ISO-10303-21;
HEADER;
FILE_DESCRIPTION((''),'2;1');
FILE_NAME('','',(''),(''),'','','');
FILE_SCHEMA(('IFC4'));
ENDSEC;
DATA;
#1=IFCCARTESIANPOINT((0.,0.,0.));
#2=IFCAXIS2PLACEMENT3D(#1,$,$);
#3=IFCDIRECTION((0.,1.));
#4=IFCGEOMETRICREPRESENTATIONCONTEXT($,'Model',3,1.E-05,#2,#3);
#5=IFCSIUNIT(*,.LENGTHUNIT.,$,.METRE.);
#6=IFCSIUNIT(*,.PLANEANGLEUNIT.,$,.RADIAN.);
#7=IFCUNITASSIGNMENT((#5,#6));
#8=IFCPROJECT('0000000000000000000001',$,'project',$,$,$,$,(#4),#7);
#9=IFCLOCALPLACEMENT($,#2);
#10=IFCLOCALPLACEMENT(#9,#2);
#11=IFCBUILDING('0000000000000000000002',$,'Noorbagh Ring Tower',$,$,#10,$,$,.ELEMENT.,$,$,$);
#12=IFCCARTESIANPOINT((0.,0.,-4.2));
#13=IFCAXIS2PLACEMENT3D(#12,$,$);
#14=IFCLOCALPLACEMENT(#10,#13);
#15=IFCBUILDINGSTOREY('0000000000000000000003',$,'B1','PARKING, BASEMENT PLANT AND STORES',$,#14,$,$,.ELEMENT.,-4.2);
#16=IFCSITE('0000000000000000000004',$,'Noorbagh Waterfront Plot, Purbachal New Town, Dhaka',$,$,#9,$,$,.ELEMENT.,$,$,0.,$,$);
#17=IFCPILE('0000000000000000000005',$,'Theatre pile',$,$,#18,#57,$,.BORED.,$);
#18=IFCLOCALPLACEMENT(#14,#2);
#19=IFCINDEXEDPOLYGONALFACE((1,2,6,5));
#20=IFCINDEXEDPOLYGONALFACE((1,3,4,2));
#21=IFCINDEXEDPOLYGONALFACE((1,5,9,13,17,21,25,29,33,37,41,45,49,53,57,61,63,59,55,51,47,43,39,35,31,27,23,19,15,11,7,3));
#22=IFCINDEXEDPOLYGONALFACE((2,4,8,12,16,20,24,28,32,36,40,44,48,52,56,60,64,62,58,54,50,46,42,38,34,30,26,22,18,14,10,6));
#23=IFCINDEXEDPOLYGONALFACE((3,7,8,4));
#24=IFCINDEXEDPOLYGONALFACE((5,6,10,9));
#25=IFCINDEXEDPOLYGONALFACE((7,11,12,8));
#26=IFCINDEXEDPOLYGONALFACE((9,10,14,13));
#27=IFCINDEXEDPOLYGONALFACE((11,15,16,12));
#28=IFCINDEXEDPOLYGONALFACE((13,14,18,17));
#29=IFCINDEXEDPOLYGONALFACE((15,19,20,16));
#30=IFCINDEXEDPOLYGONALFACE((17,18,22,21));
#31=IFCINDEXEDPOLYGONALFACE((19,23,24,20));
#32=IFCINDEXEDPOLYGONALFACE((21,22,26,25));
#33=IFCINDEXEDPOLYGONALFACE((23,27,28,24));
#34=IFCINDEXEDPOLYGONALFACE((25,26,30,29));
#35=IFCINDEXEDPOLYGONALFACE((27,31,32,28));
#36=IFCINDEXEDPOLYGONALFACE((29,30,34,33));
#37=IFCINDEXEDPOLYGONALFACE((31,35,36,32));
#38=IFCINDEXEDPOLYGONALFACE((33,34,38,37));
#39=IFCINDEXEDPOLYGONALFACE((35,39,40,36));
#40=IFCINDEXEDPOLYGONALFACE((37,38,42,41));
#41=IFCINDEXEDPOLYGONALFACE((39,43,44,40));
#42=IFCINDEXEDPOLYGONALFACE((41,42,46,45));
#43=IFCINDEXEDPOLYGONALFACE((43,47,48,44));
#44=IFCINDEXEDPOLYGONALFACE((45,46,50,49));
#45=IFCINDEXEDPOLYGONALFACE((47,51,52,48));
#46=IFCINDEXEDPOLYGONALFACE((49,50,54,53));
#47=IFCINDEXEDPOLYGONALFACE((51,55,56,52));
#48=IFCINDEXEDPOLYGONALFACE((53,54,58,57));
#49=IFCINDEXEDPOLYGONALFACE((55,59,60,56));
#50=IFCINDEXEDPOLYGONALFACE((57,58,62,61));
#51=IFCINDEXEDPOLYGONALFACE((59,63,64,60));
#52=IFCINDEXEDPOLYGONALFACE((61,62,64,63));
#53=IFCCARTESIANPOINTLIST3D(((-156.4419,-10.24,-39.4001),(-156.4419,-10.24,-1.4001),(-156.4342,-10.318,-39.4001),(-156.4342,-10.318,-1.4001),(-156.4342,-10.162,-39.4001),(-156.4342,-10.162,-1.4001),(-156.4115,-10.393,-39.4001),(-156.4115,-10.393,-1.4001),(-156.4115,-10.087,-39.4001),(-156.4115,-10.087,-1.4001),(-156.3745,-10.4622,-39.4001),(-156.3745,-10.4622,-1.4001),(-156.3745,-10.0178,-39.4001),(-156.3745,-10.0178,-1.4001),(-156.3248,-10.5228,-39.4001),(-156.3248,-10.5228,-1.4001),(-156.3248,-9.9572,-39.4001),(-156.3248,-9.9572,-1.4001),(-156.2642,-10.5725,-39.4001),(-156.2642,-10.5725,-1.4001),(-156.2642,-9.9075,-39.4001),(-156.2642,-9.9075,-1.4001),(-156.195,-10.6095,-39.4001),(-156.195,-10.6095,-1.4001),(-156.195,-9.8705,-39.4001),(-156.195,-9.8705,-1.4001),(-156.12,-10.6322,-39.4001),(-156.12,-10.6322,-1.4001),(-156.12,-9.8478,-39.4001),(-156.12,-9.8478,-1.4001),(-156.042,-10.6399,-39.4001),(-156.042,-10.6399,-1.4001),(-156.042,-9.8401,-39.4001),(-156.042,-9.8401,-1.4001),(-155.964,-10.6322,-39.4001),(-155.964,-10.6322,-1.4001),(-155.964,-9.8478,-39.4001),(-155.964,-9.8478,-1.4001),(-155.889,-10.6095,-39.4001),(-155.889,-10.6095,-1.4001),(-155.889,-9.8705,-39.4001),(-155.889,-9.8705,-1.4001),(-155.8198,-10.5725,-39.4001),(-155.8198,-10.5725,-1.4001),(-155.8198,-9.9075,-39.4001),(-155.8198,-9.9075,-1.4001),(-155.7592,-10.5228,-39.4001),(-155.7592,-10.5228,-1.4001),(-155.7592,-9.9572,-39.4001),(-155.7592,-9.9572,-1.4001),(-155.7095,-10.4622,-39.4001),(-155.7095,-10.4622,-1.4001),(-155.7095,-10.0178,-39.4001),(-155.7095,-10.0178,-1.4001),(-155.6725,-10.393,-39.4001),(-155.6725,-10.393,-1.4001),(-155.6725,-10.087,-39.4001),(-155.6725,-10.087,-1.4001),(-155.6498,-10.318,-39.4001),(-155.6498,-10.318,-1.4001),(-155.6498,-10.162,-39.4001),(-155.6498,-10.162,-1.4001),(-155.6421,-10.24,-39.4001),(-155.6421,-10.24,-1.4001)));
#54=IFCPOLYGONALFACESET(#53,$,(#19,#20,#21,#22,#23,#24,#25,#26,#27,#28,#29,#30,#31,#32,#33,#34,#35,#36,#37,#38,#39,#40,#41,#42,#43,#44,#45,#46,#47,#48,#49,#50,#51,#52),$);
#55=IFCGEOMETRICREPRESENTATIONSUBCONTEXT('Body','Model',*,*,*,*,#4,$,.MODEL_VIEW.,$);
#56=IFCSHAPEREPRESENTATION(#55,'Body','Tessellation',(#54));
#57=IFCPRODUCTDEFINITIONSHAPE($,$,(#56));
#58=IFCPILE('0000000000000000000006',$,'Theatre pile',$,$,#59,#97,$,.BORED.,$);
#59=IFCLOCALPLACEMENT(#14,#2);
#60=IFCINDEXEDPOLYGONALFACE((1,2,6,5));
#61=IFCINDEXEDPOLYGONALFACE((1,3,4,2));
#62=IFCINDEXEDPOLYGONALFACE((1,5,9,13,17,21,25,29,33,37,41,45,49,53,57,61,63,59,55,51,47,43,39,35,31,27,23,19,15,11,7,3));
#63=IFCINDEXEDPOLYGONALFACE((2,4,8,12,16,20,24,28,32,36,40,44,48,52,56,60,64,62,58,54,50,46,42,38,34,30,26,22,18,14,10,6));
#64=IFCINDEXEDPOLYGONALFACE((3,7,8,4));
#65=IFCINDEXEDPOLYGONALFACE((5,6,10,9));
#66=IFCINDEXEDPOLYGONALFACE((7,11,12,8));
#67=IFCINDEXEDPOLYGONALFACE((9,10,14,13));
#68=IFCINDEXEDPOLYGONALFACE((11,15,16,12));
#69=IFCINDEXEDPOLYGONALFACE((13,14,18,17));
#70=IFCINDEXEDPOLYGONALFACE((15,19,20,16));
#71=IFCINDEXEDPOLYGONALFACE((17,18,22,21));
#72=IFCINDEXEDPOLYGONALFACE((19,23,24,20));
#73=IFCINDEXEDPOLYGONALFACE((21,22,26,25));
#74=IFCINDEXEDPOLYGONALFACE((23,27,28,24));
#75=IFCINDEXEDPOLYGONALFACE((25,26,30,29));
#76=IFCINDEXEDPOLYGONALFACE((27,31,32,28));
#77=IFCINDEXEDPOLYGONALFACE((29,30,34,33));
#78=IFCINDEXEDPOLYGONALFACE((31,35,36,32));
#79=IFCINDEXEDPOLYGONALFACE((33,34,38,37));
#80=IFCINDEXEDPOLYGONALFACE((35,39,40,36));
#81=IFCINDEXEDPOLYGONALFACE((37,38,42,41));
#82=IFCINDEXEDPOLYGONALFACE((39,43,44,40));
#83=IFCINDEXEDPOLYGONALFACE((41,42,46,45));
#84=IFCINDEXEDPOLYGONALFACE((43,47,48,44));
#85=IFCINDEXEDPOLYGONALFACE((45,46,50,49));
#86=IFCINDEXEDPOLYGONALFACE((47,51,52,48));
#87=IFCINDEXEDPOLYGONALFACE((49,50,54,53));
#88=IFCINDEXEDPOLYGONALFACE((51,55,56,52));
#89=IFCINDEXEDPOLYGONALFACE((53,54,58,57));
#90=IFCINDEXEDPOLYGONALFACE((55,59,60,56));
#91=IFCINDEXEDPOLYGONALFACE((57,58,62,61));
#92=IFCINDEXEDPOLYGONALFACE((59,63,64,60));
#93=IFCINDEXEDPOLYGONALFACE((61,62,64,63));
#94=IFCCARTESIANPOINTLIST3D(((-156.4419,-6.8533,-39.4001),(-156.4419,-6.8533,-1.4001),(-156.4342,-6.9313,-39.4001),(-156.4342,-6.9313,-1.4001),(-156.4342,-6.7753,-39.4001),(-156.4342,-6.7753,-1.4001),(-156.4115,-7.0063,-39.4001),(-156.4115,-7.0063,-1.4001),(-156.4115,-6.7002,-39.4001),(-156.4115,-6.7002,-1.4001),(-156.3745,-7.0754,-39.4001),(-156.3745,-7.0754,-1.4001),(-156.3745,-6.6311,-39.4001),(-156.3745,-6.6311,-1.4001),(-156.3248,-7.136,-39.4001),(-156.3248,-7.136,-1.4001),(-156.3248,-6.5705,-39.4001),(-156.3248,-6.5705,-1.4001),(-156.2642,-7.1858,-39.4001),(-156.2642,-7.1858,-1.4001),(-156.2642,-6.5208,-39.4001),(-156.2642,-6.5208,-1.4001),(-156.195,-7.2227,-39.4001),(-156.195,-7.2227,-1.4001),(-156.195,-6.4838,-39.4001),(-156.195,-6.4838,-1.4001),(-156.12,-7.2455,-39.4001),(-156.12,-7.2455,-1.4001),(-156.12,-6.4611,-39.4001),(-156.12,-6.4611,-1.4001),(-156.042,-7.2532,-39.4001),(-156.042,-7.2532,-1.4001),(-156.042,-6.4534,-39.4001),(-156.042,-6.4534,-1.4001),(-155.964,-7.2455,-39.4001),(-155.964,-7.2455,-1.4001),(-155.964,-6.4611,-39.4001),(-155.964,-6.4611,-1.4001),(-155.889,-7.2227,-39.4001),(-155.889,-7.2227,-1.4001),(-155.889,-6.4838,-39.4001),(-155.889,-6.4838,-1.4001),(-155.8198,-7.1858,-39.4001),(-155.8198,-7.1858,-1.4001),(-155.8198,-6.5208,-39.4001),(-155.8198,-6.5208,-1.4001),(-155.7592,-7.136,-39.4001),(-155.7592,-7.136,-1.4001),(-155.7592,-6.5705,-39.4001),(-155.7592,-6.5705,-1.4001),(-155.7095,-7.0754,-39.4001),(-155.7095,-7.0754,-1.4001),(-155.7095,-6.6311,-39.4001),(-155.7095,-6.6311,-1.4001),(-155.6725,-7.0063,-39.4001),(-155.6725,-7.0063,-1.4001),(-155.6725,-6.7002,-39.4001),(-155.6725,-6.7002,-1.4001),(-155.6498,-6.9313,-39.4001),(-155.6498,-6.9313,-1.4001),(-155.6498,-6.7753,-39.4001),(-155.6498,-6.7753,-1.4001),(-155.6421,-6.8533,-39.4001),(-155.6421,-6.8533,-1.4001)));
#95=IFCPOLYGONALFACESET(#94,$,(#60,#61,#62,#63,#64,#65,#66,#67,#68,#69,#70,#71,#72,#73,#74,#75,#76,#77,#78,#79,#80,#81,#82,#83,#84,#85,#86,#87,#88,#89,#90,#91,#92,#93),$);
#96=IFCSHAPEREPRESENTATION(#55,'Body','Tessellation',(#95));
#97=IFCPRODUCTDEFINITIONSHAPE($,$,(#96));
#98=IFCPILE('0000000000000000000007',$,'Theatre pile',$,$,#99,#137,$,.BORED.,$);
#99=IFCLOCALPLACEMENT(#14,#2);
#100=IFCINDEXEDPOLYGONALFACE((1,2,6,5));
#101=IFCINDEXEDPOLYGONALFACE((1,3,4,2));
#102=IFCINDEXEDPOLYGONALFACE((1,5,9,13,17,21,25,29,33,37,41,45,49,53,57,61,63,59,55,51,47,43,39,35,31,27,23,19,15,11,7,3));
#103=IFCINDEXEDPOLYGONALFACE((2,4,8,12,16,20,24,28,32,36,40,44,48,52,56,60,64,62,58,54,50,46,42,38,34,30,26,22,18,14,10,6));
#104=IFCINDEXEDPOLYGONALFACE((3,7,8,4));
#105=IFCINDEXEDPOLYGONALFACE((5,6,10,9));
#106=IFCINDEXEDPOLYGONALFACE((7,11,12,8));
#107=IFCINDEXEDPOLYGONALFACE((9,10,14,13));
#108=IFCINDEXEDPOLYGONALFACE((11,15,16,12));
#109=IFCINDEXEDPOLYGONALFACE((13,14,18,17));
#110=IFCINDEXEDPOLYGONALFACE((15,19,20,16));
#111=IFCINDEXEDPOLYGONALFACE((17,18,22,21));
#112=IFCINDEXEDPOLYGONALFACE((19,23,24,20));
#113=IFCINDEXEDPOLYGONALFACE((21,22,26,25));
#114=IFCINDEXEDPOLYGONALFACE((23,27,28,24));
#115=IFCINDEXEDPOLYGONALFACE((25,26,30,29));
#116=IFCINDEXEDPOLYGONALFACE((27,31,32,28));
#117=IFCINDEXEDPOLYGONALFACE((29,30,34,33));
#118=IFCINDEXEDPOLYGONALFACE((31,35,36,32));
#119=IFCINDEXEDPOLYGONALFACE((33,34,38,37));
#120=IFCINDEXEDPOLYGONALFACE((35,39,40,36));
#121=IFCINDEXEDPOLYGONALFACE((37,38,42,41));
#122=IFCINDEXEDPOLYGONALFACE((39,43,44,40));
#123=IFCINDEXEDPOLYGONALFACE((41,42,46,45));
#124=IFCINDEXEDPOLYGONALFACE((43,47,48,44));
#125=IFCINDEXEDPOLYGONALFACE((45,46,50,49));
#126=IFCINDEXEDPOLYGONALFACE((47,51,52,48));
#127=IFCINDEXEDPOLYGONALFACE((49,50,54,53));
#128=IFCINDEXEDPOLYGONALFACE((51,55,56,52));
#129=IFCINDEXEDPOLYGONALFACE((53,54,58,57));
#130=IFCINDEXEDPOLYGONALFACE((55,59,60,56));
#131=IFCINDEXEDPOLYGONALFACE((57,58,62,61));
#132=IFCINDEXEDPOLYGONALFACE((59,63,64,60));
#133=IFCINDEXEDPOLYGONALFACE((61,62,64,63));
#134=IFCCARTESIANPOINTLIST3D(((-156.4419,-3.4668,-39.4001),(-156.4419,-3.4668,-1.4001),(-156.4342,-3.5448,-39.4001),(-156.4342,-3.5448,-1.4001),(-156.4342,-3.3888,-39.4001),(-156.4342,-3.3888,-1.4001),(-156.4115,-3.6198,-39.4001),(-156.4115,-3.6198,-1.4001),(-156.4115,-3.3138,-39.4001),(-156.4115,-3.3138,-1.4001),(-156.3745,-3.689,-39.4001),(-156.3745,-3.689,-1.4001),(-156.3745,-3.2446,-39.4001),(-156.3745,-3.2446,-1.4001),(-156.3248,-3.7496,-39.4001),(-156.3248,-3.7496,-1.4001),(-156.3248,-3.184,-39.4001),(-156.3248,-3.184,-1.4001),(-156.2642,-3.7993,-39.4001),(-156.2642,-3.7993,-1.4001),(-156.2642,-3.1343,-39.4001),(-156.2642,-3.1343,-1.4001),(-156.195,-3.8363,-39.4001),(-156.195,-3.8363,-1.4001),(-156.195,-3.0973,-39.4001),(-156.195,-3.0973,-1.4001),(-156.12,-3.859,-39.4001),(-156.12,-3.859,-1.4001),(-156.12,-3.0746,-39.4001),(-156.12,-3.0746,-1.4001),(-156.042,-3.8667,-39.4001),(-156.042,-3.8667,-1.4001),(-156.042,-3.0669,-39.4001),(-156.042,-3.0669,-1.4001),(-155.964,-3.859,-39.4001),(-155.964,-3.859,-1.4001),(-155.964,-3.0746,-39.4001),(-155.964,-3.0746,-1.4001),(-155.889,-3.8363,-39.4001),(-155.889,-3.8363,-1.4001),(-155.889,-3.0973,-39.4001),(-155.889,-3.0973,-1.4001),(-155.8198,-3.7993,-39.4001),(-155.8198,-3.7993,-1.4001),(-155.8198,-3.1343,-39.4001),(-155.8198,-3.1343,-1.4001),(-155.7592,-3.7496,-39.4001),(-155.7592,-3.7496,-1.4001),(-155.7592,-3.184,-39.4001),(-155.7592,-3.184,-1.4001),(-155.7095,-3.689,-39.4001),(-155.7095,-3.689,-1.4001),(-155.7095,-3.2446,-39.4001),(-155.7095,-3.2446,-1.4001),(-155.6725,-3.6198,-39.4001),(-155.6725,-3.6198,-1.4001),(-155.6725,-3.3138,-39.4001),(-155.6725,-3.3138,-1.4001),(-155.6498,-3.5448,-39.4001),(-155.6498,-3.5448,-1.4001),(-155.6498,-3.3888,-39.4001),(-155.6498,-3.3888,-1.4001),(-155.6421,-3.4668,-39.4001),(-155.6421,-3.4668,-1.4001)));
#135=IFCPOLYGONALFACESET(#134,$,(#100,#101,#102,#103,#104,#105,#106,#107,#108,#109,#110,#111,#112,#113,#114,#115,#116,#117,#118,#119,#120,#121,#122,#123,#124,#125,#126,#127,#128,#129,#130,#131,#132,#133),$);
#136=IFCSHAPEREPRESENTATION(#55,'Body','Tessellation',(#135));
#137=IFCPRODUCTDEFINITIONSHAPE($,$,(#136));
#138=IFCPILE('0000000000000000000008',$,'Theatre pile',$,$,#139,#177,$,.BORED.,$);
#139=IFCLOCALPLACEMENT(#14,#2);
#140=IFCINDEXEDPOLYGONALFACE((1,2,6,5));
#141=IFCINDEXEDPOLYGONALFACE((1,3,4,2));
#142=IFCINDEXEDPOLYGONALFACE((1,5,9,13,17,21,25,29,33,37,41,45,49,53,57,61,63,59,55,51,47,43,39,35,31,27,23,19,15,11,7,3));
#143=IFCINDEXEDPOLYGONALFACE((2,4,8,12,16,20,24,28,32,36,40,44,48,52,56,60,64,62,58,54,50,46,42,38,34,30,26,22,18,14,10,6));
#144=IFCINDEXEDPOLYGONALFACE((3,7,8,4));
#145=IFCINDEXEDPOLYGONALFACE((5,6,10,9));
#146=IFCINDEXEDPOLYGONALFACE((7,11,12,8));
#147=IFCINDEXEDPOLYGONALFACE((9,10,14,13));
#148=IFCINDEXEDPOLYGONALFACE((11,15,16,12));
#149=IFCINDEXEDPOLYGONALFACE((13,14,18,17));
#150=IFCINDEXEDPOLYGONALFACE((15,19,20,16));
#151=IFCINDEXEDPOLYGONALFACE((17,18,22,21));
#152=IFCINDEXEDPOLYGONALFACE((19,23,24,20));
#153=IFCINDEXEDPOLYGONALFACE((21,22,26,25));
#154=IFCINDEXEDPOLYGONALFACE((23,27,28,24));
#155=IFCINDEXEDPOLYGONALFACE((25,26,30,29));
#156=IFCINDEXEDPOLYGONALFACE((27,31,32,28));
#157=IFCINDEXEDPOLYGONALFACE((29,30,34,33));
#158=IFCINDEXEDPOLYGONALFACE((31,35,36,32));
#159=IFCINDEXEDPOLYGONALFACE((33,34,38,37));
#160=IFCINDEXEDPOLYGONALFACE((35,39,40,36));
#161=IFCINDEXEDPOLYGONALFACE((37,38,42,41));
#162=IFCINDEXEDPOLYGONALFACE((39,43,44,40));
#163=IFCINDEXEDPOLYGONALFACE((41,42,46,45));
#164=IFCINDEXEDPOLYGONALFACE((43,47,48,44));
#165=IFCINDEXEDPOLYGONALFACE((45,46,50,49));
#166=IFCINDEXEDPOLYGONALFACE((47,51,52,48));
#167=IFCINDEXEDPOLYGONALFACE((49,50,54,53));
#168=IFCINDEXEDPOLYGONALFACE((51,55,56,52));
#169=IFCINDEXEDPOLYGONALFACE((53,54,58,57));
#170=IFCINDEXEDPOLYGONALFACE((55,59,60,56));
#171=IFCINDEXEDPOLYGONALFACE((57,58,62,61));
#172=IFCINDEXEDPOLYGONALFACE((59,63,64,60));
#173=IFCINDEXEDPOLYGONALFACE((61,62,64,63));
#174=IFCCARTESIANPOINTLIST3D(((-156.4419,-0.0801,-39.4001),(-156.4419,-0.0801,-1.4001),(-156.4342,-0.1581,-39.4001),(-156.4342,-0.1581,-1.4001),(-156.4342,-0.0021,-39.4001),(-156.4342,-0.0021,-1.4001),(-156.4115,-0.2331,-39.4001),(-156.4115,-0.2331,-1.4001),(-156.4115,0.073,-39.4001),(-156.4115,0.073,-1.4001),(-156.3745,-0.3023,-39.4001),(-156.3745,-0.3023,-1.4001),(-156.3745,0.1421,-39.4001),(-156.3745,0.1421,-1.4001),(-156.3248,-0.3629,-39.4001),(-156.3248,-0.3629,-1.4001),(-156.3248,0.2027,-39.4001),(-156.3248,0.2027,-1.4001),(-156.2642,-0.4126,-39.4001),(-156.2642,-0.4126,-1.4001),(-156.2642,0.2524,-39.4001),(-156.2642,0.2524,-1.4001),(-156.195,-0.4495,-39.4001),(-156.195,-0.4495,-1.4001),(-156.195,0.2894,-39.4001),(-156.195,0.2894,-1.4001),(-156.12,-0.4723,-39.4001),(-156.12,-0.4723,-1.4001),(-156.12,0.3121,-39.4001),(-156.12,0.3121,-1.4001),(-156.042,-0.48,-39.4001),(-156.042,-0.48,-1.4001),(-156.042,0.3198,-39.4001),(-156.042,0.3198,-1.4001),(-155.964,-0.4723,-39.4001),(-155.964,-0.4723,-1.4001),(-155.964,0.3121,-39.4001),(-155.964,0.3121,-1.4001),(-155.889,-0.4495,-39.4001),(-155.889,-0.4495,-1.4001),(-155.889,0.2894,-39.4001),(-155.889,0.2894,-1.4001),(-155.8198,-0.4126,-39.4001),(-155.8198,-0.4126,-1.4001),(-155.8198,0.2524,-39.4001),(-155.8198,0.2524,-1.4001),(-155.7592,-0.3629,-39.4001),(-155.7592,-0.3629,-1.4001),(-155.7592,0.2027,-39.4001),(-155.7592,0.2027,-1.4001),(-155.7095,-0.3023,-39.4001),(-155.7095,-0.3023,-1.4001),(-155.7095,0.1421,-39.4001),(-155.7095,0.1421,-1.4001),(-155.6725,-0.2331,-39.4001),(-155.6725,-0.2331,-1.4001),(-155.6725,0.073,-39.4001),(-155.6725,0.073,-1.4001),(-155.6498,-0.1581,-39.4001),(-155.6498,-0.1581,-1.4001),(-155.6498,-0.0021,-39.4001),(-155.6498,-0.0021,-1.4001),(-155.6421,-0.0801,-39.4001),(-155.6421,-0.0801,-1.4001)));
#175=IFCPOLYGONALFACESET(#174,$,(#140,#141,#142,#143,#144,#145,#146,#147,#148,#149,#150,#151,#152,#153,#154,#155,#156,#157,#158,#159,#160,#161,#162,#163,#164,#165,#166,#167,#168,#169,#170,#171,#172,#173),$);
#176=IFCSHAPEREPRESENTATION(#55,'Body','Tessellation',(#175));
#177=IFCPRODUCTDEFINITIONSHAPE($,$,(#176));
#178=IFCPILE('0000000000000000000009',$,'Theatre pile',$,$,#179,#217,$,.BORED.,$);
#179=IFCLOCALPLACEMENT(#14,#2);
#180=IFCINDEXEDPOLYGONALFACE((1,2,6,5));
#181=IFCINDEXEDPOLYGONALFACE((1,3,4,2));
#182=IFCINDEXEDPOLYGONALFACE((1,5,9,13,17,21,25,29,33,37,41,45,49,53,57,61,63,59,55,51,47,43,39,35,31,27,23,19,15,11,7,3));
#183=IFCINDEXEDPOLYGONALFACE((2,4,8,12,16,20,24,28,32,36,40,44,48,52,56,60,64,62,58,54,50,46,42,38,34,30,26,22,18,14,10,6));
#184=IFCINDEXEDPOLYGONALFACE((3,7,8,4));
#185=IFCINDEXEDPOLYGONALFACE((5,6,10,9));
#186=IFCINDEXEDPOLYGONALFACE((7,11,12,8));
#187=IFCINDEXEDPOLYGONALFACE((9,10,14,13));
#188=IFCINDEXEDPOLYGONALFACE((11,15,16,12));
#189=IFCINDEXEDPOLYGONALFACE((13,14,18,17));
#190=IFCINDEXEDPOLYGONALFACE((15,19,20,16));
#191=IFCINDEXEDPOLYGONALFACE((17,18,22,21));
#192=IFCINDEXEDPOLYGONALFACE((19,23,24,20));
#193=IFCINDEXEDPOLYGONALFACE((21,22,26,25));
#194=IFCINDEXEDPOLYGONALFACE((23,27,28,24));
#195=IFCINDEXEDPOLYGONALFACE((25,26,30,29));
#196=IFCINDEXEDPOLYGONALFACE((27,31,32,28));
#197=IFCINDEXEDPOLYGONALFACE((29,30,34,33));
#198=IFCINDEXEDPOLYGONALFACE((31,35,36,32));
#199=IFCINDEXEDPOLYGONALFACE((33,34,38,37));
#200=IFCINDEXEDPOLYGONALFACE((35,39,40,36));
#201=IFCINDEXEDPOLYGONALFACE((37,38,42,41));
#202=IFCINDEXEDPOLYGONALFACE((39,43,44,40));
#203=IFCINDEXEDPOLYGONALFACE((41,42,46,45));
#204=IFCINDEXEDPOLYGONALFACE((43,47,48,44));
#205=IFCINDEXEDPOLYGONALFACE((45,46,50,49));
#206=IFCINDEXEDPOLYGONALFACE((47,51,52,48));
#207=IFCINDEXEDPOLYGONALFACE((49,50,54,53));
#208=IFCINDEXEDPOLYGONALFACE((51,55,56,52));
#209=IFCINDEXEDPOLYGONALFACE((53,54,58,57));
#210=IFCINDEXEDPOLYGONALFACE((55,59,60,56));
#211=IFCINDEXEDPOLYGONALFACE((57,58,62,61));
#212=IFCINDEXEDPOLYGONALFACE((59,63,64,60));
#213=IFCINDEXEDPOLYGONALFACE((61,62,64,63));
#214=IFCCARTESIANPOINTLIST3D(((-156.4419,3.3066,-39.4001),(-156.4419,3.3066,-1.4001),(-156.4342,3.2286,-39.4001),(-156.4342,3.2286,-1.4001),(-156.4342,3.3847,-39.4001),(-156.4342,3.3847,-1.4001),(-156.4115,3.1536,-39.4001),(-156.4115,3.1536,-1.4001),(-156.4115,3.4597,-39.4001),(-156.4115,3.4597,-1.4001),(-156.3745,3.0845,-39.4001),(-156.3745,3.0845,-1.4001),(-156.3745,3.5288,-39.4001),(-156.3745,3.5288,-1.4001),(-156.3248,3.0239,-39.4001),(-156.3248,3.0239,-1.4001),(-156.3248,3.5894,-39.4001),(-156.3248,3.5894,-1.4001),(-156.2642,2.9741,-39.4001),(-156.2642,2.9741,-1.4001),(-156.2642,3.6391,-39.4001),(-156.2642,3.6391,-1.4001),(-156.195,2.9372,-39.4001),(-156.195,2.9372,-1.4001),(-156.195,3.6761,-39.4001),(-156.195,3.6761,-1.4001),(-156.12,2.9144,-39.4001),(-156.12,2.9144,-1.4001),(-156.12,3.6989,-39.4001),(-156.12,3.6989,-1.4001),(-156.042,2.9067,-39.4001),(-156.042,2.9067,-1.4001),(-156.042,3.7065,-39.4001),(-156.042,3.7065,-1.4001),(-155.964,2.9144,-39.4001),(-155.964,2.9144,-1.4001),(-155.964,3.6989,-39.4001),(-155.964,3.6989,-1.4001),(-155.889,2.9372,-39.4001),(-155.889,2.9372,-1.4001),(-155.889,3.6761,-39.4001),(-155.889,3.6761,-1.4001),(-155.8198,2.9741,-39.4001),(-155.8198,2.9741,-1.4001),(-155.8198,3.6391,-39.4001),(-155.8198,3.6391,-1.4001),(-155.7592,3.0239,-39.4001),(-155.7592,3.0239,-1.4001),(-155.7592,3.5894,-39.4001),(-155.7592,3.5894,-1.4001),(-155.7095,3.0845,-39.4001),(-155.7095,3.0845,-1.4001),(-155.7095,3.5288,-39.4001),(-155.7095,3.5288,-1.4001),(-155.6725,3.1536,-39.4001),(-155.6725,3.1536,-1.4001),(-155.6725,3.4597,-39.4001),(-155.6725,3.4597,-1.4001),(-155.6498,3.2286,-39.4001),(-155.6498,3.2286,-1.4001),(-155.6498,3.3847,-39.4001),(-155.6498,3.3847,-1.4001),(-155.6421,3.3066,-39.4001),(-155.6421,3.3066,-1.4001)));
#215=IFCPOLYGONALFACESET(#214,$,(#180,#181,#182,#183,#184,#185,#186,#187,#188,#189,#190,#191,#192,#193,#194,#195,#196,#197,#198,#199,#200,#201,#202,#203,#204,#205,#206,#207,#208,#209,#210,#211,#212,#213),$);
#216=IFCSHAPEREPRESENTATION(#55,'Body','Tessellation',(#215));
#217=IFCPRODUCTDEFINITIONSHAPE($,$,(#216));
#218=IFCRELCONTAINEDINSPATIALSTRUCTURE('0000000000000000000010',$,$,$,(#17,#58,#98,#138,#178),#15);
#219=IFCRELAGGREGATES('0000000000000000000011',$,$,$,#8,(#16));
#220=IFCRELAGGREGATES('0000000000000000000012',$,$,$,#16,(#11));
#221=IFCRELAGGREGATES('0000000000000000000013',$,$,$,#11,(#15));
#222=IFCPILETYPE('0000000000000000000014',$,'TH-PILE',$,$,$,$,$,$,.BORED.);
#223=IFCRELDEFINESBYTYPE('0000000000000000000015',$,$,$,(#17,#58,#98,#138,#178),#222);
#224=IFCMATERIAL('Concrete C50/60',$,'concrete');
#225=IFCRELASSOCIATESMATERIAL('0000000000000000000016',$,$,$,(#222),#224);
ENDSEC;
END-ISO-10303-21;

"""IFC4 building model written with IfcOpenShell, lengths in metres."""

from ifc_helpers import new_model, si_unit, direction, frame, origin, origin_2d, place, context, subcontext, project, spatial, circle, extrude, material, material_profile, profile_set, type_object, element, save


model = new_model("IFC4")

# Units and contexts
model_context = context("Model", 3, precision=1e-05, world=origin(), true_north=direction((0.0, 1.0)))
body_context = subcontext(model_context, "Body", "Model", "MODEL_VIEW")
ifc_project = project(units=[si_unit("LENGTHUNIT", "METRE"), si_unit("PLANEANGLEUNIT", "RADIAN")], contexts=[model_context])

# Site, building, storey
site_placement = place(None, origin())
site = spatial("IfcSite", under=ifc_project, at=site_placement, Name="Noorbagh Waterfront Plot, Purbachal New Town, Dhaka", CompositionType="ELEMENT", RefElevation=0.0)
building_placement = place(site_placement, origin())
building = spatial("IfcBuilding", under=site, at=building_placement, Name="Noorbagh Ring Tower", CompositionType="ELEMENT")
storey_placement = place(building_placement, frame((0.0, 0.0, -4.2)))
storey = spatial("IfcBuildingStorey", under=building, at=storey_placement, Name="B1", Description="PARKING, BASEMENT PLANT AND STORES", CompositionType="ELEMENT", Elevation=-4.2)

# Piles
ifc_material_1 = material(Name="Concrete C50/60", Category="concrete")
ifc_material_profile_1 = material_profile(ifc_material_1, circle(Radius=0.3999, at=origin_2d()), Name="PILE800")
ifc_profile_set_1 = profile_set([ifc_material_profile_1], Name="Concrete C50/60")
pile_type = type_object("IfcPileType", Name="TH-PILE", PredefinedType="BORED", material=ifc_profile_set_1)
for number, where, z_axis, x_axis, name in (
    (1, (-156.042, -10.24, -1.4001), (0.0, 0.0, -1.0), (1.0, 0.0, 0.0), "Theatre pile"),
    (2, (-156.042, -6.8533, -1.4001), (0.0, 0.0, -1.0), (1.0, 0.0, 0.0), "Theatre pile"),
    (3, (-156.042, -3.4668, -1.4001), (0.0, 0.0, -1.0), (1.0, 0.0, 0.0), "Theatre pile"),
    (4, (-156.042, -0.0801, -1.4001), (0.0, 0.0, -1.0), (1.0, 0.0, 0.0), "Theatre pile"),
    (5, (-156.042, 3.3066, -1.4001), (0.0, 0.0, -1.0), (1.0, 0.0, 0.0), "Theatre pile"),
):
    element("IfcPile", number, at=place(storey_placement, frame(where, z_axis=z_axis, x_axis=x_axis)), inside=storey, type_object=pile_type, Name=name, PredefinedType="BORED", context=body_context, shape_type="SweptSolid", body=[
        extrude(circle(Radius=0.3999, at=origin_2d()), origin(), (0.0, 0.0, 1.0), 38.0),
    ])

save(model, "model.ifc")
